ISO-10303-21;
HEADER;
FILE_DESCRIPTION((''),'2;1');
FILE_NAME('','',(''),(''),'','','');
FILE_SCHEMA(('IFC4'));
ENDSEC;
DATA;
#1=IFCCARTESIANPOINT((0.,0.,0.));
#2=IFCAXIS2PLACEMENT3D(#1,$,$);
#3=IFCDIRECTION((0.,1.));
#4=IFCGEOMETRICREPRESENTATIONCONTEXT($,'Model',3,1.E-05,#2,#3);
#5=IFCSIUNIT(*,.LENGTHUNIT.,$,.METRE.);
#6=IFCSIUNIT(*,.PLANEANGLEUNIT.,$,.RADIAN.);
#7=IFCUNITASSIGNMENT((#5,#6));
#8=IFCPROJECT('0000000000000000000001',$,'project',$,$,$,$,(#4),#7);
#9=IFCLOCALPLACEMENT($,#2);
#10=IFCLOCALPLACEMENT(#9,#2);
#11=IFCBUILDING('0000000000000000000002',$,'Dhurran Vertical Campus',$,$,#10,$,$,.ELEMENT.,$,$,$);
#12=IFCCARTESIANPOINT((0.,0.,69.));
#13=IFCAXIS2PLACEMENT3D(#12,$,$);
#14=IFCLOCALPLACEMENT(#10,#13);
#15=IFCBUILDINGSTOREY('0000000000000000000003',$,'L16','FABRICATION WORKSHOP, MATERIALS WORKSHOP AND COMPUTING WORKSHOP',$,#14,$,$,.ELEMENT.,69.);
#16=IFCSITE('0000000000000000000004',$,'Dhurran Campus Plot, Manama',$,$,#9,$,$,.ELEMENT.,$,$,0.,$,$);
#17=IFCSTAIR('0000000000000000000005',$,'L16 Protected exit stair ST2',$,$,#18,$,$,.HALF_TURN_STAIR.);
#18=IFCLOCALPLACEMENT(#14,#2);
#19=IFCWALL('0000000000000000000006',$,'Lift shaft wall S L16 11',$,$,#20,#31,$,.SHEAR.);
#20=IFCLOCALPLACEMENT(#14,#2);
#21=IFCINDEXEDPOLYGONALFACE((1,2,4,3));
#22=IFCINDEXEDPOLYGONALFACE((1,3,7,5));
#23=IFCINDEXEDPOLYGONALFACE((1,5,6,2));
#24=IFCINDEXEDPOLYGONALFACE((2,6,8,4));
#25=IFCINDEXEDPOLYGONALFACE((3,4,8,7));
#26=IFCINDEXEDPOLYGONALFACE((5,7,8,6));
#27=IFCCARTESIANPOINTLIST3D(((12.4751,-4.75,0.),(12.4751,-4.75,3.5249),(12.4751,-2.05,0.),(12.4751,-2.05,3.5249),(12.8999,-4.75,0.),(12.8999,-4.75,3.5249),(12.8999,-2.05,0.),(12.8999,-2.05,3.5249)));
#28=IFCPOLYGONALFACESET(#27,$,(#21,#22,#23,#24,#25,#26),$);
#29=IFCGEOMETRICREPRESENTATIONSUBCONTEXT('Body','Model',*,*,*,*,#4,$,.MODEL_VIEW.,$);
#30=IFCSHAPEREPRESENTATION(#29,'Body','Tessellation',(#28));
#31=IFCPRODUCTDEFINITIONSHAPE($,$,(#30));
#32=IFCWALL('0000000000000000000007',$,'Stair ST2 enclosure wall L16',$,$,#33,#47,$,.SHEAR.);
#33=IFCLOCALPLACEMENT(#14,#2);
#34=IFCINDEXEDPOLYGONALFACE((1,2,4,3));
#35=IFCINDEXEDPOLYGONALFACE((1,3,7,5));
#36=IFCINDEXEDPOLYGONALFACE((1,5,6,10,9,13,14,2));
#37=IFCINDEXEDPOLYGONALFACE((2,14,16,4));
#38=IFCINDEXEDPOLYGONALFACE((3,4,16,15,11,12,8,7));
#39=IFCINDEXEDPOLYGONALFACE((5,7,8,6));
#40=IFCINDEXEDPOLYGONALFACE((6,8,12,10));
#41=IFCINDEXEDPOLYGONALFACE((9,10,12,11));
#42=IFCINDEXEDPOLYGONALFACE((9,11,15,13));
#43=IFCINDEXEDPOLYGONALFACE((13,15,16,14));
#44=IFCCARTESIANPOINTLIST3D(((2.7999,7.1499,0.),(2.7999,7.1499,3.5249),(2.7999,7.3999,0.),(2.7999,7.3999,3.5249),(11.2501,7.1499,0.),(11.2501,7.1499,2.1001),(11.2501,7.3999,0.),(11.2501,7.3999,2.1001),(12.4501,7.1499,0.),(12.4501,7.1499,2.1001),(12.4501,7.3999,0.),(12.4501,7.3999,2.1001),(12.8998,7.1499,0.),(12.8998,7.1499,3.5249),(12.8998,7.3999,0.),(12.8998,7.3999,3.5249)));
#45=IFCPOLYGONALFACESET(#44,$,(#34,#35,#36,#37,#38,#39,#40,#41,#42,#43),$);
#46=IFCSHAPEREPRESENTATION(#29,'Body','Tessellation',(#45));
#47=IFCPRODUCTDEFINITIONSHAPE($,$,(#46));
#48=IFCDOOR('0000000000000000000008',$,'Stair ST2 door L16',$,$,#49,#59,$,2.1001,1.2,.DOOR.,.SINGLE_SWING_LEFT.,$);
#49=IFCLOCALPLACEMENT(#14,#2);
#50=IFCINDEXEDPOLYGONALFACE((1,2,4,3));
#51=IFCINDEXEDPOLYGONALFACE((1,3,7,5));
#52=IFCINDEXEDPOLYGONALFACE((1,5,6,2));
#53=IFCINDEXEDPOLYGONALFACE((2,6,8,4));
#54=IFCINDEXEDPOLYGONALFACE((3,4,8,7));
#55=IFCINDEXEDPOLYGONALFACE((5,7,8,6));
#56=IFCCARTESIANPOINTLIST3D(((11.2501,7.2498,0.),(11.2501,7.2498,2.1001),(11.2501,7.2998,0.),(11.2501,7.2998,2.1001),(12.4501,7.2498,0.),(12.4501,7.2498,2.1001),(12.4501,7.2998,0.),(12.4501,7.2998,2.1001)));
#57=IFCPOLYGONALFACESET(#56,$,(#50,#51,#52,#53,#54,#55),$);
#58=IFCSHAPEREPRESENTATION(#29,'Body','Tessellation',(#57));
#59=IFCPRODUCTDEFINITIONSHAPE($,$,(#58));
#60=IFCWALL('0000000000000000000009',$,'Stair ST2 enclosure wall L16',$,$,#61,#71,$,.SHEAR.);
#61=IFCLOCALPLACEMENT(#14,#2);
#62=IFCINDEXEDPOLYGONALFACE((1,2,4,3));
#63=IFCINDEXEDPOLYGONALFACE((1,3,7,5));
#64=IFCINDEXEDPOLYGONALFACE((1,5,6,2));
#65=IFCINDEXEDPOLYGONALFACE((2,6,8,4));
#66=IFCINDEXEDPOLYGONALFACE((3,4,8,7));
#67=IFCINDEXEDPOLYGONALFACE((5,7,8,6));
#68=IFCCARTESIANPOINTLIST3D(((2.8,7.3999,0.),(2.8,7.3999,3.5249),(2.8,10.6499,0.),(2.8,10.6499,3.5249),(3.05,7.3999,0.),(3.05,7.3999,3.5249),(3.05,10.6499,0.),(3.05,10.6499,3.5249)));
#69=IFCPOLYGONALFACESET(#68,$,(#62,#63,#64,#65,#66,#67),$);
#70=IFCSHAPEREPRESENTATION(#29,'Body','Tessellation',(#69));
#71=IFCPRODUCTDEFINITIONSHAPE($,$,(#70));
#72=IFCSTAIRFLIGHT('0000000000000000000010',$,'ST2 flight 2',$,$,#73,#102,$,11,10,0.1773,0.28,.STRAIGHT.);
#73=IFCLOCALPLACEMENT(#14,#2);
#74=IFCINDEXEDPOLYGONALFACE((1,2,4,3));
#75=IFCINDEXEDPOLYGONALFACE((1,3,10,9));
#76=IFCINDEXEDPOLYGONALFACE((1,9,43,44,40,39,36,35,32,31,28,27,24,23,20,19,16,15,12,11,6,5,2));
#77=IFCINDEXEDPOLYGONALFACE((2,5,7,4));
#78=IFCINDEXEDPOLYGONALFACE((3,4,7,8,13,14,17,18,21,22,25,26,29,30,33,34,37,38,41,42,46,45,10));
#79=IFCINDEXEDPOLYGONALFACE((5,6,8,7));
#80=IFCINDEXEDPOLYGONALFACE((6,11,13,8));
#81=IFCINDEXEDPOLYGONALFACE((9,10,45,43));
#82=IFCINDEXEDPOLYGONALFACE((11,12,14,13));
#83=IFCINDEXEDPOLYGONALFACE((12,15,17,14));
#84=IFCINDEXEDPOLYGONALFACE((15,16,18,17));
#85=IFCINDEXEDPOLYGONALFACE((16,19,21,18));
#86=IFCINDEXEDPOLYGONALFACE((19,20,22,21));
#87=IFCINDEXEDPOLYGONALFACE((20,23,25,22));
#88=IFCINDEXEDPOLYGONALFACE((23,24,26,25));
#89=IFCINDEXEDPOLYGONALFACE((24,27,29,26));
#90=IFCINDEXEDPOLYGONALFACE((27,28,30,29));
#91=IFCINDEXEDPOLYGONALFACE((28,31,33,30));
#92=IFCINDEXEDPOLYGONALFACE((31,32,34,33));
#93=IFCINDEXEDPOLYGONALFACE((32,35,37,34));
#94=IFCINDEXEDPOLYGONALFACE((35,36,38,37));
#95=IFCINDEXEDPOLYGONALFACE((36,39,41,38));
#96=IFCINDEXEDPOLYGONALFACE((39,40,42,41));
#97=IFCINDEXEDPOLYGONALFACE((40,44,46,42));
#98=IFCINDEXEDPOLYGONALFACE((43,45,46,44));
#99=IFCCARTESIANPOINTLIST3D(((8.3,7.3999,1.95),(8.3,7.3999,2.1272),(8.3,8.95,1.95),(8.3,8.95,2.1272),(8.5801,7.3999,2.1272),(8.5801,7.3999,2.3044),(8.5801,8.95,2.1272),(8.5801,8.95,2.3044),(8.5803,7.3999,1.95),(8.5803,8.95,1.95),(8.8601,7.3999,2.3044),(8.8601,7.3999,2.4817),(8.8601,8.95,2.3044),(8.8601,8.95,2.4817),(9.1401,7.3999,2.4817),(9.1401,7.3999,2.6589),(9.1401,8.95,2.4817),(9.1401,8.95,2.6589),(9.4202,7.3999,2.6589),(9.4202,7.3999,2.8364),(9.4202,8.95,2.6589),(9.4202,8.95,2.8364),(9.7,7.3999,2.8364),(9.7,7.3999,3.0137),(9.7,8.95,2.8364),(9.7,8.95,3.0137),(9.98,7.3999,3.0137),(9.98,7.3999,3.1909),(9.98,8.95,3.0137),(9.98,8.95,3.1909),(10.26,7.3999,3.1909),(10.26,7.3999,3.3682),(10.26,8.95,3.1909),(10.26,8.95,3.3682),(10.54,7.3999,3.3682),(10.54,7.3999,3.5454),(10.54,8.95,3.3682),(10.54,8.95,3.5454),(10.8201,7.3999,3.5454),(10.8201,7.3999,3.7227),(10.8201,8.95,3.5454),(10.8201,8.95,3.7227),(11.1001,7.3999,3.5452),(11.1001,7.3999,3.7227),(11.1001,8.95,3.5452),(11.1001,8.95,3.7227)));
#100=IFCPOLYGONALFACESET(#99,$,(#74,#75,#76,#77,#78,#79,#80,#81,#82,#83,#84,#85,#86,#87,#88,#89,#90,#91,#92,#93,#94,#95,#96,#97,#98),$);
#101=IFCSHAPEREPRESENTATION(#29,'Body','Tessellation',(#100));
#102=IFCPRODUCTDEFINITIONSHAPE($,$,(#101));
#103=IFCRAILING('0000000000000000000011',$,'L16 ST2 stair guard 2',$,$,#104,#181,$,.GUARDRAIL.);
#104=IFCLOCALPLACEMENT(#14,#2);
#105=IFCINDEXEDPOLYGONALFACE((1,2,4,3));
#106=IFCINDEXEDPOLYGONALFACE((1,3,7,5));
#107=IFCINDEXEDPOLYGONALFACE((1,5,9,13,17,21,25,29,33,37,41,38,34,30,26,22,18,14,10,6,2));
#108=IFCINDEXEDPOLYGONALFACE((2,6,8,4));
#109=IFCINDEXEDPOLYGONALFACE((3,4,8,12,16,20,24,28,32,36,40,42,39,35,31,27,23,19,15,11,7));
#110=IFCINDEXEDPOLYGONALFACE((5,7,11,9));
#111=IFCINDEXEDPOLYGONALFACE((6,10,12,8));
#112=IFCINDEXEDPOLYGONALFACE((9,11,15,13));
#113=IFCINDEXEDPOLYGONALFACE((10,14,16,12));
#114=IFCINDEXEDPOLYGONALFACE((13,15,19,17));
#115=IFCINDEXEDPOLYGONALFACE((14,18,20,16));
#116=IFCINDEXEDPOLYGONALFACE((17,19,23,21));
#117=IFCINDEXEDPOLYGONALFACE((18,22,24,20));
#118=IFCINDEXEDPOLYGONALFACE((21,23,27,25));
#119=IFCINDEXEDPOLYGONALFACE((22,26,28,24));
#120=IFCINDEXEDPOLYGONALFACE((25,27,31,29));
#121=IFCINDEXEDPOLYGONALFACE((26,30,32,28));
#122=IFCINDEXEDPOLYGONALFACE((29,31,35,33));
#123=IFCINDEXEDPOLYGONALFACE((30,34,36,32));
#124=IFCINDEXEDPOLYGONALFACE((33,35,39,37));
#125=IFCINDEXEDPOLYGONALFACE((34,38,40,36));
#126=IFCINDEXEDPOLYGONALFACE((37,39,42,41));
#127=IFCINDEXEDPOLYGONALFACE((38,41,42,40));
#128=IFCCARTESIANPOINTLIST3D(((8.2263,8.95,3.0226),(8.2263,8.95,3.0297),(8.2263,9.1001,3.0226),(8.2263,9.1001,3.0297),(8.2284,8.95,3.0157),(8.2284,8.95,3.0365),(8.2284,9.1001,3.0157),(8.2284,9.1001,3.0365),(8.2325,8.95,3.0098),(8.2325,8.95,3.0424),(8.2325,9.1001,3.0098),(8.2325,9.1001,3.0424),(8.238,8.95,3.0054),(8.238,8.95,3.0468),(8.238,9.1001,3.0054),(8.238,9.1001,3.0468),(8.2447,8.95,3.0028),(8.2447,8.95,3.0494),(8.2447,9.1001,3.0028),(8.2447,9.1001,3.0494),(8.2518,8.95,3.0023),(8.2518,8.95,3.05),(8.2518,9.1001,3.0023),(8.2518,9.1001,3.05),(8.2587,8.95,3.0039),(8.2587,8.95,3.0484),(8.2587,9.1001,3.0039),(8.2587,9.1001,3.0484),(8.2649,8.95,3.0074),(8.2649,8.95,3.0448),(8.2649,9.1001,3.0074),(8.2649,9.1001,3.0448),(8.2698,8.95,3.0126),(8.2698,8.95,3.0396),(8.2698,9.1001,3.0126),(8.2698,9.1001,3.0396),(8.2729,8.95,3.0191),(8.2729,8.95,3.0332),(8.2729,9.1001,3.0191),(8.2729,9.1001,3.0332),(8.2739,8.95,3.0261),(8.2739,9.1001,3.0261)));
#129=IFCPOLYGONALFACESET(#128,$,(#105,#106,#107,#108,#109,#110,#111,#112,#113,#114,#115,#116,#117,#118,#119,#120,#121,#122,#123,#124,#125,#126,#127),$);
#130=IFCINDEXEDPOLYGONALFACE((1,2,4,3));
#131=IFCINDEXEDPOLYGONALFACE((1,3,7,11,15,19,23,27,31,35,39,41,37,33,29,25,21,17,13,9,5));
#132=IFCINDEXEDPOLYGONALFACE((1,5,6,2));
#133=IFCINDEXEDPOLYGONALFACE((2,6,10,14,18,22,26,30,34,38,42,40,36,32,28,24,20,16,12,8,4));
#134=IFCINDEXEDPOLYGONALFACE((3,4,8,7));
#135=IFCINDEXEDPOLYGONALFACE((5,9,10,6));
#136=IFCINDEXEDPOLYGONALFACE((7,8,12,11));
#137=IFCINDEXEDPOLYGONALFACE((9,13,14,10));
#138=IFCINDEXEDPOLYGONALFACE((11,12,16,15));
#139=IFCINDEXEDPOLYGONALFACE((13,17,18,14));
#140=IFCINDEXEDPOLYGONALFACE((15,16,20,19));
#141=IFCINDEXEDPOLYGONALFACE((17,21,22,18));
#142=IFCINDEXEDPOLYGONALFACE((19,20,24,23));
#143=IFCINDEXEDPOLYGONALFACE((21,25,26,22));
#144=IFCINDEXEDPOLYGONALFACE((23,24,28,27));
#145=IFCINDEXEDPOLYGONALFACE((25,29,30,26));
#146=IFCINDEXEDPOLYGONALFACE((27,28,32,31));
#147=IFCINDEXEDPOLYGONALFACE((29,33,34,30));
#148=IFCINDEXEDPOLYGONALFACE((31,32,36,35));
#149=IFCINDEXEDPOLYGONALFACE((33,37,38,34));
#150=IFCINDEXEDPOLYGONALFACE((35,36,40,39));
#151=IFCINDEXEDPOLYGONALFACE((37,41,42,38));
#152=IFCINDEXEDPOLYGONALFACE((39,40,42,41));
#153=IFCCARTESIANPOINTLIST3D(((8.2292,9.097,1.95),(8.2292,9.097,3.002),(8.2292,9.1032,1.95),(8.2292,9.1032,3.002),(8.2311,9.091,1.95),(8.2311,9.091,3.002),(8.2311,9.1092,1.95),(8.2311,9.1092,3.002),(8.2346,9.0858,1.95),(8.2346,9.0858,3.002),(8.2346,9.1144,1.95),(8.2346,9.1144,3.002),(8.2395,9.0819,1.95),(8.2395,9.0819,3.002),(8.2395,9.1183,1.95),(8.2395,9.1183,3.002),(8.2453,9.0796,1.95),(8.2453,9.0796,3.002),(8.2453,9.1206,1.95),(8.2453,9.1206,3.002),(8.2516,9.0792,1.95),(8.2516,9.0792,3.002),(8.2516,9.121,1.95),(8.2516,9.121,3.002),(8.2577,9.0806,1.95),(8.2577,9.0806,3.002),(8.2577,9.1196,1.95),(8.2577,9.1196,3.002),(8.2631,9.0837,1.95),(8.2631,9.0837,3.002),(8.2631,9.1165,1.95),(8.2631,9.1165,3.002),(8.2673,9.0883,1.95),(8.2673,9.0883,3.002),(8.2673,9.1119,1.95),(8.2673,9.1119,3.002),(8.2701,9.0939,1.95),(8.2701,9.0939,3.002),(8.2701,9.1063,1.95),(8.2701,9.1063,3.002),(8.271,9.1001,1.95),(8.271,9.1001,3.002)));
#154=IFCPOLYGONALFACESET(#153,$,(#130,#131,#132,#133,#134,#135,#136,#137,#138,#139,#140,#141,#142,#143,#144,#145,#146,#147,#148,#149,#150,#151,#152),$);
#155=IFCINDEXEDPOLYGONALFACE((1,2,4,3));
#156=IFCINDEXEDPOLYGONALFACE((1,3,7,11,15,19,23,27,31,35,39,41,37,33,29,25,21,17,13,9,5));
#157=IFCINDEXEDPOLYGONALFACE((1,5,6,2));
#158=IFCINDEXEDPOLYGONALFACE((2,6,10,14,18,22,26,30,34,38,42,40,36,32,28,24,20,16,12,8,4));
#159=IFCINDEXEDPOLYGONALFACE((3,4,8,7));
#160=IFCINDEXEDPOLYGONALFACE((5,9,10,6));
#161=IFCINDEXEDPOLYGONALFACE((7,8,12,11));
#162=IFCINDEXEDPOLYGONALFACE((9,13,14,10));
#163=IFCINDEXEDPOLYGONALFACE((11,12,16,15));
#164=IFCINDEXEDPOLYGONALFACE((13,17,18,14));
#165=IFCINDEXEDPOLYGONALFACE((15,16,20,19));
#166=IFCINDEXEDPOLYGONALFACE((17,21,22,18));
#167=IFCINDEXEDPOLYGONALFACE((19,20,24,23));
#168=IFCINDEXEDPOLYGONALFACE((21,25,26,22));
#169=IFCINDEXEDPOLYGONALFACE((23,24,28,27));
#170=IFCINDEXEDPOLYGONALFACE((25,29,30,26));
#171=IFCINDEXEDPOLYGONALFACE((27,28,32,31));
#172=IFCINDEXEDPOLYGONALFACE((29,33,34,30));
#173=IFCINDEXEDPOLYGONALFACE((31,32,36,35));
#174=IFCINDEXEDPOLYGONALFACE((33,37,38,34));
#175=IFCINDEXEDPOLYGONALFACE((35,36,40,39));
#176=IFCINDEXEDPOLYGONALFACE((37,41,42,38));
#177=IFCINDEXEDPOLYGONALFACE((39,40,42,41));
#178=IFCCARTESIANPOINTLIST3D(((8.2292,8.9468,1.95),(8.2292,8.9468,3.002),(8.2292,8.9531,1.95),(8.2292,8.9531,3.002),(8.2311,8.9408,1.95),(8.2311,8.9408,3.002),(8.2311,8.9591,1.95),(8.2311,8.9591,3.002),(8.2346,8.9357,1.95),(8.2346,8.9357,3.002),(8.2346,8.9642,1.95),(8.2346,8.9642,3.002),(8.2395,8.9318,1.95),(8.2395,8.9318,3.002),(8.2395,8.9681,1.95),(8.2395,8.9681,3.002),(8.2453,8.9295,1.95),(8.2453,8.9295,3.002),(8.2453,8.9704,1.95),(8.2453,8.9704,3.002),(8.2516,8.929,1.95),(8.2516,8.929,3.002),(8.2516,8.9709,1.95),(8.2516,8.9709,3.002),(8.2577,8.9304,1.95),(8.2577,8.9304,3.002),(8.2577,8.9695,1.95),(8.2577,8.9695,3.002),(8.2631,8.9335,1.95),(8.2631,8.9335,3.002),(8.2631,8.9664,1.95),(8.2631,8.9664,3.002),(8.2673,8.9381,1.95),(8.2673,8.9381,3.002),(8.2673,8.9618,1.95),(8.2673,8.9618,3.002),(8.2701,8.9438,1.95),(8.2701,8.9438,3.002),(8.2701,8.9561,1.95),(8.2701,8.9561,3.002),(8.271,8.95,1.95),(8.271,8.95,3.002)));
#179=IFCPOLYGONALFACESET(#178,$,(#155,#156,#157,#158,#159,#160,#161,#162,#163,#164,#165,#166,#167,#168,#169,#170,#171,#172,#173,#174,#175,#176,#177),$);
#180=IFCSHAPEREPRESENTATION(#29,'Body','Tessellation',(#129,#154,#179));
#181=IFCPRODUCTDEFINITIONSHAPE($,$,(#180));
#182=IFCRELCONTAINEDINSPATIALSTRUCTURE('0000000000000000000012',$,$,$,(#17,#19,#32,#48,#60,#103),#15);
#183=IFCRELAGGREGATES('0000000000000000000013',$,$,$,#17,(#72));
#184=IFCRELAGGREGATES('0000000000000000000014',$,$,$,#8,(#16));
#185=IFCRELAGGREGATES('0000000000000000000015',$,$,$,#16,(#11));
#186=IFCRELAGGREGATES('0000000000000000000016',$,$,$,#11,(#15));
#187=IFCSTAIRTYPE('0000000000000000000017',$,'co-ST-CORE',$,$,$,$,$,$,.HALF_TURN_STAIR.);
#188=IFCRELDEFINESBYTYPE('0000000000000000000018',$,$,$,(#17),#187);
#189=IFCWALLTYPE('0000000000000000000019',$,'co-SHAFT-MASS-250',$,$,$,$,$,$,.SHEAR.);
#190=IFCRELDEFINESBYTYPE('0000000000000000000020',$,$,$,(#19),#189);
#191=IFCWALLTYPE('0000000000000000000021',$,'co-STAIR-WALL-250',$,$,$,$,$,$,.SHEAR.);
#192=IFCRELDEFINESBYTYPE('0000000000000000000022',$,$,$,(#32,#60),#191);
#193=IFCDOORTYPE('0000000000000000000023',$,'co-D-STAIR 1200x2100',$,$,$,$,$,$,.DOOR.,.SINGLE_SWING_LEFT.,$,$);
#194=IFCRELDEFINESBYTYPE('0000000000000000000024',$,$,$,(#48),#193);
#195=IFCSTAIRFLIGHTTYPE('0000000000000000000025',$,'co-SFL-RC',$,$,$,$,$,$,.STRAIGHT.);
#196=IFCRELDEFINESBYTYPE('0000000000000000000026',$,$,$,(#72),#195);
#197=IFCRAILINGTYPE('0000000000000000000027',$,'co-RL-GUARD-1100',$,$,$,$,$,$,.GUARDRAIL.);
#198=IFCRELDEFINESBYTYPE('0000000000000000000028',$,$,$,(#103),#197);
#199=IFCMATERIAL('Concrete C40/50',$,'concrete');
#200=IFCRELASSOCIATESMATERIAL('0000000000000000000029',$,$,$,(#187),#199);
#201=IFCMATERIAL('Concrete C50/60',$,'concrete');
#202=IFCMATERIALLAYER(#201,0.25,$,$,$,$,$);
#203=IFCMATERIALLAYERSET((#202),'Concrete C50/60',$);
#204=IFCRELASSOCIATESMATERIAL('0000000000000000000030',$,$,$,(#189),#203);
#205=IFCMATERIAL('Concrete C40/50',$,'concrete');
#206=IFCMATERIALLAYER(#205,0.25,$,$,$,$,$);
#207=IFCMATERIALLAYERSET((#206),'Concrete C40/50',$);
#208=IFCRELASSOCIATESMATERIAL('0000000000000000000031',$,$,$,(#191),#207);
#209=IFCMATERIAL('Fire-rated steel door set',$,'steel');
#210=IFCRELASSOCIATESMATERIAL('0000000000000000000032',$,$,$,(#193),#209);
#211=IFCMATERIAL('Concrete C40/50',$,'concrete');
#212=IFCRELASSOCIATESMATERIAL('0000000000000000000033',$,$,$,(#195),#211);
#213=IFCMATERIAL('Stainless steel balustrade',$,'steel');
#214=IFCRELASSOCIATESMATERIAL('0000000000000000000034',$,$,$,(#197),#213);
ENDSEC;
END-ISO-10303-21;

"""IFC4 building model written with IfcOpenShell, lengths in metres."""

from ifc_helpers import new_model, si_unit, direction, frame, frame_2d, origin, origin_2d, place, context, subcontext, project, spatial, polyline, rectangle, circle, outline, extrude, material, layer, layer_set, type_object, element, fill, aggregate, save


model = new_model("IFC4")

# Units and contexts
model_context = context("Model", 3, precision=1e-05, world=origin(), true_north=direction((0.0, 1.0)))
body_context = subcontext(model_context, "Body", "Model", "MODEL_VIEW")
ifc_project = project(units=[si_unit("LENGTHUNIT", "METRE"), si_unit("PLANEANGLEUNIT", "RADIAN")], contexts=[model_context])

# Site, building, storey
site_placement = place(None, origin())
site = spatial("IfcSite", under=ifc_project, at=site_placement, Name="Dhurran Campus Plot, Manama", CompositionType="ELEMENT", RefElevation=0.0)
building_placement = place(site_placement, origin())
building = spatial("IfcBuilding", under=site, at=building_placement, Name="Dhurran Vertical Campus", CompositionType="ELEMENT")
storey_placement = place(building_placement, frame((0.0, 0.0, 69.0)))
storey = spatial("IfcBuildingStorey", under=building, at=storey_placement, Name="L16", Description="FABRICATION WORKSHOP, MATERIALS WORKSHOP AND COMPUTING WORKSHOP", CompositionType="ELEMENT", Elevation=69.0)

# Stair
ifc_material_1 = material(Name="Concrete C40/50", Category="concrete")
stair_type = type_object("IfcStairType", Name="co-ST-CORE", PredefinedType="HALF_TURN_STAIR", material=ifc_material_1)
stair_1_placement = place(storey_placement, origin())
stair_1 = element("IfcStair", 1, at=stair_1_placement, inside=storey, type_object=stair_type, Name="L16 Protected exit stair ST2", PredefinedType="HALF_TURN_STAIR")

# Wall
ifc_material_2 = material(Name="Concrete C50/60", Category="concrete")
ifc_layer_1 = layer(ifc_material_2, 0.25)
ifc_layer_set_1 = layer_set([ifc_layer_1], Name="Concrete C50/60")
wall_type_1 = type_object("IfcWallType", Name="co-SHAFT-MASS-250", PredefinedType="SHEAR", material=ifc_layer_set_1)
wall_1_placement = place(storey_placement, origin())
element("IfcWall", 2, at=wall_1_placement, inside=storey, type_object=wall_type_1, Name="Lift shaft wall S L16 11", PredefinedType="SHEAR", context=body_context, shape_type="SweptSolid", body=[
    extrude(outline(polyline([(12.4751, -4.75), (12.8999, -4.75), (12.8999, -2.05), (12.4751, -2.05), (12.4751, -4.75)])), origin(), (0.0, 0.0, 1.0), 3.5249),
])

# Wall, opening, door
ifc_material_3 = material(Name="Concrete C40/50", Category="concrete")
ifc_layer_2 = layer(ifc_material_3, 0.25)
ifc_layer_set_2 = layer_set([ifc_layer_2], Name="Concrete C40/50")
wall_type_2 = type_object("IfcWallType", Name="co-STAIR-WALL-250", PredefinedType="SHEAR", material=ifc_layer_set_2)
wall_2_placement = place(storey_placement, frame((2.8, 7.2749, 0.0), z_axis=(0.0, 0.0, 1.0), x_axis=(1.0, 0.0, 0.0)))
wall_2 = element("IfcWall", 3, at=wall_2_placement, inside=storey, type_object=wall_type_2, Name="Stair ST2 enclosure wall L16", PredefinedType="SHEAR", context=body_context, shape_type="SweptSolid", body=[
    extrude(rectangle(XDim=10.0999, YDim=0.25, at=frame_2d((5.0498, 0.0))), origin(), (0.0, 0.0, 1.0), 3.5249),
])
opening_1_placement = place(wall_2_placement, frame((8.45, 0.0, 0.0)))
opening_1 = element("IfcOpeningElement", 4, at=opening_1_placement, cuts=wall_2, PredefinedType="OPENING", context=body_context, shape_type="SweptSolid", body=[
    extrude(rectangle(XDim=1.2, YDim=2.1001, at=frame_2d((0.6001, 1.05))), frame((0.0, 0.135, 0.0), z_axis=(0.0, -1.0, 0.0), x_axis=(1.0, 0.0, 0.0)), (0.0, 0.0, 1.0), 0.27),
])
ifc_material_4 = material(Name="Fire-rated steel door set", Category="steel")
door_type_1 = type_object("IfcDoorType", Name="co-D-STAIR 1200x2100", OperationType="SINGLE_SWING_LEFT", PredefinedType="DOOR", material=ifc_material_4)
door_1_placement = place(opening_1_placement, origin())
door_1 = element("IfcDoor", 5, at=door_1_placement, inside=storey, type_object=door_type_1, Name="Stair ST2 door L16", OperationType="SINGLE_SWING_LEFT", OverallHeight=2.1001, OverallWidth=1.2, PredefinedType="DOOR", context=body_context, shape_type="SweptSolid", body=[
    extrude(rectangle(XDim=1.2, YDim=2.1001, at=frame_2d((0.6001, 1.05))), frame((0.0, 0.0249, 0.0), z_axis=(0.0, -1.0, 0.0), x_axis=(1.0, 0.0, 0.0)), (0.0, 0.0, 1.0), 0.05),
])
fill(opening_1, door_1)

# Wall
wall_3_placement = place(storey_placement, frame((2.925, 7.3999, 0.0), z_axis=(0.0, 0.0, 1.0), x_axis=(0.0, 1.0, 0.0)))
element("IfcWall", 6, at=wall_3_placement, inside=storey, type_object=wall_type_2, Name="Stair ST2 enclosure wall L16", PredefinedType="SHEAR", context=body_context, shape_type="SweptSolid", body=[
    extrude(rectangle(XDim=3.25, YDim=0.25, at=frame_2d((1.625, 0.0))), origin(), (0.0, 0.0, 1.0), 3.5249),
])

# Stair flight
ifc_material_5 = material(Name="Concrete C40/50", Category="concrete")
stair_flight_type = type_object("IfcStairFlightType", Name="co-SFL-RC", PredefinedType="STRAIGHT", material=ifc_material_5)
stair_flight_placement = place(storey_placement, frame((8.3, 8.175, 1.95), z_axis=(0.0, 0.0, 1.0), x_axis=(1.0, 0.0, 0.0)))
stair_flight = element("IfcStairFlight", 7, at=stair_flight_placement, type_object=stair_flight_type, Name="ST2 flight 2", NumberOfRisers=11, NumberOfTreads=10, PredefinedType="STRAIGHT", RiserHeight=0.1773, TreadLength=0.28, context=body_context, shape_type="SweptSolid", body=[
    extrude(outline(polyline([(0.0, 0.0), (0.0, 0.1772), (0.28, 0.1772), (0.28, 0.3545), (0.5601, 0.3545), (0.5601, 0.5317), (0.8401, 0.5317), (0.8401, 0.709), (1.1201, 0.709), (1.1201, 0.8865), (1.3999, 0.8865), (1.3999, 1.0637), (1.6799, 1.0637), (1.6799, 1.241), (1.96, 1.241), (1.96, 1.4182), (2.24, 1.4182), (2.24, 1.5955), (2.52, 1.5955), (2.52, 1.7727), (2.8, 1.7727), (2.8, 1.95), (2.8, 1.5952), (0.2803, 0.0), (0.0, 0.0)])), frame((0.0, 0.7749, 0.0), z_axis=(0.0, -1.0, 0.0), x_axis=(1.0, 0.0, 0.0)), (0.0, 0.0, 1.0), 1.55),
])
aggregate(stair_1, [stair_flight])

# Railing
ifc_material_6 = material(Name="Stainless steel balustrade", Category="steel")
railing_type_1 = type_object("IfcRailingType", Name="co-RL-GUARD-1100", PredefinedType="GUARDRAIL", material=ifc_material_6)
railing_1_placement = place(storey_placement, frame((8.25, 9.1001, 1.95)))
element("IfcRailing", 8, at=railing_1_placement, inside=storey, type_object=railing_type_1, Name="L16 ST2 stair guard 2", PredefinedType="GUARDRAIL", context=body_context, shape_type="SweptSolid", body=[
    extrude(circle(Radius=0.0239, at=origin_2d()), frame((0.0, 0.0, 1.0762), z_axis=(0.0, -1.0, 0.0), x_axis=(1.0, 0.0, 0.0)), (0.0, 0.0, 1.0), 0.1501),
    extrude(circle(Radius=0.021, at=origin_2d()), origin(), (0.0, 0.0, 1.0), 1.052),
    extrude(circle(Radius=0.021, at=origin_2d()), frame((0.0, -0.1501, 0.0)), (0.0, 0.0, 1.0), 1.052),
])

save(model, "model.ifc")
